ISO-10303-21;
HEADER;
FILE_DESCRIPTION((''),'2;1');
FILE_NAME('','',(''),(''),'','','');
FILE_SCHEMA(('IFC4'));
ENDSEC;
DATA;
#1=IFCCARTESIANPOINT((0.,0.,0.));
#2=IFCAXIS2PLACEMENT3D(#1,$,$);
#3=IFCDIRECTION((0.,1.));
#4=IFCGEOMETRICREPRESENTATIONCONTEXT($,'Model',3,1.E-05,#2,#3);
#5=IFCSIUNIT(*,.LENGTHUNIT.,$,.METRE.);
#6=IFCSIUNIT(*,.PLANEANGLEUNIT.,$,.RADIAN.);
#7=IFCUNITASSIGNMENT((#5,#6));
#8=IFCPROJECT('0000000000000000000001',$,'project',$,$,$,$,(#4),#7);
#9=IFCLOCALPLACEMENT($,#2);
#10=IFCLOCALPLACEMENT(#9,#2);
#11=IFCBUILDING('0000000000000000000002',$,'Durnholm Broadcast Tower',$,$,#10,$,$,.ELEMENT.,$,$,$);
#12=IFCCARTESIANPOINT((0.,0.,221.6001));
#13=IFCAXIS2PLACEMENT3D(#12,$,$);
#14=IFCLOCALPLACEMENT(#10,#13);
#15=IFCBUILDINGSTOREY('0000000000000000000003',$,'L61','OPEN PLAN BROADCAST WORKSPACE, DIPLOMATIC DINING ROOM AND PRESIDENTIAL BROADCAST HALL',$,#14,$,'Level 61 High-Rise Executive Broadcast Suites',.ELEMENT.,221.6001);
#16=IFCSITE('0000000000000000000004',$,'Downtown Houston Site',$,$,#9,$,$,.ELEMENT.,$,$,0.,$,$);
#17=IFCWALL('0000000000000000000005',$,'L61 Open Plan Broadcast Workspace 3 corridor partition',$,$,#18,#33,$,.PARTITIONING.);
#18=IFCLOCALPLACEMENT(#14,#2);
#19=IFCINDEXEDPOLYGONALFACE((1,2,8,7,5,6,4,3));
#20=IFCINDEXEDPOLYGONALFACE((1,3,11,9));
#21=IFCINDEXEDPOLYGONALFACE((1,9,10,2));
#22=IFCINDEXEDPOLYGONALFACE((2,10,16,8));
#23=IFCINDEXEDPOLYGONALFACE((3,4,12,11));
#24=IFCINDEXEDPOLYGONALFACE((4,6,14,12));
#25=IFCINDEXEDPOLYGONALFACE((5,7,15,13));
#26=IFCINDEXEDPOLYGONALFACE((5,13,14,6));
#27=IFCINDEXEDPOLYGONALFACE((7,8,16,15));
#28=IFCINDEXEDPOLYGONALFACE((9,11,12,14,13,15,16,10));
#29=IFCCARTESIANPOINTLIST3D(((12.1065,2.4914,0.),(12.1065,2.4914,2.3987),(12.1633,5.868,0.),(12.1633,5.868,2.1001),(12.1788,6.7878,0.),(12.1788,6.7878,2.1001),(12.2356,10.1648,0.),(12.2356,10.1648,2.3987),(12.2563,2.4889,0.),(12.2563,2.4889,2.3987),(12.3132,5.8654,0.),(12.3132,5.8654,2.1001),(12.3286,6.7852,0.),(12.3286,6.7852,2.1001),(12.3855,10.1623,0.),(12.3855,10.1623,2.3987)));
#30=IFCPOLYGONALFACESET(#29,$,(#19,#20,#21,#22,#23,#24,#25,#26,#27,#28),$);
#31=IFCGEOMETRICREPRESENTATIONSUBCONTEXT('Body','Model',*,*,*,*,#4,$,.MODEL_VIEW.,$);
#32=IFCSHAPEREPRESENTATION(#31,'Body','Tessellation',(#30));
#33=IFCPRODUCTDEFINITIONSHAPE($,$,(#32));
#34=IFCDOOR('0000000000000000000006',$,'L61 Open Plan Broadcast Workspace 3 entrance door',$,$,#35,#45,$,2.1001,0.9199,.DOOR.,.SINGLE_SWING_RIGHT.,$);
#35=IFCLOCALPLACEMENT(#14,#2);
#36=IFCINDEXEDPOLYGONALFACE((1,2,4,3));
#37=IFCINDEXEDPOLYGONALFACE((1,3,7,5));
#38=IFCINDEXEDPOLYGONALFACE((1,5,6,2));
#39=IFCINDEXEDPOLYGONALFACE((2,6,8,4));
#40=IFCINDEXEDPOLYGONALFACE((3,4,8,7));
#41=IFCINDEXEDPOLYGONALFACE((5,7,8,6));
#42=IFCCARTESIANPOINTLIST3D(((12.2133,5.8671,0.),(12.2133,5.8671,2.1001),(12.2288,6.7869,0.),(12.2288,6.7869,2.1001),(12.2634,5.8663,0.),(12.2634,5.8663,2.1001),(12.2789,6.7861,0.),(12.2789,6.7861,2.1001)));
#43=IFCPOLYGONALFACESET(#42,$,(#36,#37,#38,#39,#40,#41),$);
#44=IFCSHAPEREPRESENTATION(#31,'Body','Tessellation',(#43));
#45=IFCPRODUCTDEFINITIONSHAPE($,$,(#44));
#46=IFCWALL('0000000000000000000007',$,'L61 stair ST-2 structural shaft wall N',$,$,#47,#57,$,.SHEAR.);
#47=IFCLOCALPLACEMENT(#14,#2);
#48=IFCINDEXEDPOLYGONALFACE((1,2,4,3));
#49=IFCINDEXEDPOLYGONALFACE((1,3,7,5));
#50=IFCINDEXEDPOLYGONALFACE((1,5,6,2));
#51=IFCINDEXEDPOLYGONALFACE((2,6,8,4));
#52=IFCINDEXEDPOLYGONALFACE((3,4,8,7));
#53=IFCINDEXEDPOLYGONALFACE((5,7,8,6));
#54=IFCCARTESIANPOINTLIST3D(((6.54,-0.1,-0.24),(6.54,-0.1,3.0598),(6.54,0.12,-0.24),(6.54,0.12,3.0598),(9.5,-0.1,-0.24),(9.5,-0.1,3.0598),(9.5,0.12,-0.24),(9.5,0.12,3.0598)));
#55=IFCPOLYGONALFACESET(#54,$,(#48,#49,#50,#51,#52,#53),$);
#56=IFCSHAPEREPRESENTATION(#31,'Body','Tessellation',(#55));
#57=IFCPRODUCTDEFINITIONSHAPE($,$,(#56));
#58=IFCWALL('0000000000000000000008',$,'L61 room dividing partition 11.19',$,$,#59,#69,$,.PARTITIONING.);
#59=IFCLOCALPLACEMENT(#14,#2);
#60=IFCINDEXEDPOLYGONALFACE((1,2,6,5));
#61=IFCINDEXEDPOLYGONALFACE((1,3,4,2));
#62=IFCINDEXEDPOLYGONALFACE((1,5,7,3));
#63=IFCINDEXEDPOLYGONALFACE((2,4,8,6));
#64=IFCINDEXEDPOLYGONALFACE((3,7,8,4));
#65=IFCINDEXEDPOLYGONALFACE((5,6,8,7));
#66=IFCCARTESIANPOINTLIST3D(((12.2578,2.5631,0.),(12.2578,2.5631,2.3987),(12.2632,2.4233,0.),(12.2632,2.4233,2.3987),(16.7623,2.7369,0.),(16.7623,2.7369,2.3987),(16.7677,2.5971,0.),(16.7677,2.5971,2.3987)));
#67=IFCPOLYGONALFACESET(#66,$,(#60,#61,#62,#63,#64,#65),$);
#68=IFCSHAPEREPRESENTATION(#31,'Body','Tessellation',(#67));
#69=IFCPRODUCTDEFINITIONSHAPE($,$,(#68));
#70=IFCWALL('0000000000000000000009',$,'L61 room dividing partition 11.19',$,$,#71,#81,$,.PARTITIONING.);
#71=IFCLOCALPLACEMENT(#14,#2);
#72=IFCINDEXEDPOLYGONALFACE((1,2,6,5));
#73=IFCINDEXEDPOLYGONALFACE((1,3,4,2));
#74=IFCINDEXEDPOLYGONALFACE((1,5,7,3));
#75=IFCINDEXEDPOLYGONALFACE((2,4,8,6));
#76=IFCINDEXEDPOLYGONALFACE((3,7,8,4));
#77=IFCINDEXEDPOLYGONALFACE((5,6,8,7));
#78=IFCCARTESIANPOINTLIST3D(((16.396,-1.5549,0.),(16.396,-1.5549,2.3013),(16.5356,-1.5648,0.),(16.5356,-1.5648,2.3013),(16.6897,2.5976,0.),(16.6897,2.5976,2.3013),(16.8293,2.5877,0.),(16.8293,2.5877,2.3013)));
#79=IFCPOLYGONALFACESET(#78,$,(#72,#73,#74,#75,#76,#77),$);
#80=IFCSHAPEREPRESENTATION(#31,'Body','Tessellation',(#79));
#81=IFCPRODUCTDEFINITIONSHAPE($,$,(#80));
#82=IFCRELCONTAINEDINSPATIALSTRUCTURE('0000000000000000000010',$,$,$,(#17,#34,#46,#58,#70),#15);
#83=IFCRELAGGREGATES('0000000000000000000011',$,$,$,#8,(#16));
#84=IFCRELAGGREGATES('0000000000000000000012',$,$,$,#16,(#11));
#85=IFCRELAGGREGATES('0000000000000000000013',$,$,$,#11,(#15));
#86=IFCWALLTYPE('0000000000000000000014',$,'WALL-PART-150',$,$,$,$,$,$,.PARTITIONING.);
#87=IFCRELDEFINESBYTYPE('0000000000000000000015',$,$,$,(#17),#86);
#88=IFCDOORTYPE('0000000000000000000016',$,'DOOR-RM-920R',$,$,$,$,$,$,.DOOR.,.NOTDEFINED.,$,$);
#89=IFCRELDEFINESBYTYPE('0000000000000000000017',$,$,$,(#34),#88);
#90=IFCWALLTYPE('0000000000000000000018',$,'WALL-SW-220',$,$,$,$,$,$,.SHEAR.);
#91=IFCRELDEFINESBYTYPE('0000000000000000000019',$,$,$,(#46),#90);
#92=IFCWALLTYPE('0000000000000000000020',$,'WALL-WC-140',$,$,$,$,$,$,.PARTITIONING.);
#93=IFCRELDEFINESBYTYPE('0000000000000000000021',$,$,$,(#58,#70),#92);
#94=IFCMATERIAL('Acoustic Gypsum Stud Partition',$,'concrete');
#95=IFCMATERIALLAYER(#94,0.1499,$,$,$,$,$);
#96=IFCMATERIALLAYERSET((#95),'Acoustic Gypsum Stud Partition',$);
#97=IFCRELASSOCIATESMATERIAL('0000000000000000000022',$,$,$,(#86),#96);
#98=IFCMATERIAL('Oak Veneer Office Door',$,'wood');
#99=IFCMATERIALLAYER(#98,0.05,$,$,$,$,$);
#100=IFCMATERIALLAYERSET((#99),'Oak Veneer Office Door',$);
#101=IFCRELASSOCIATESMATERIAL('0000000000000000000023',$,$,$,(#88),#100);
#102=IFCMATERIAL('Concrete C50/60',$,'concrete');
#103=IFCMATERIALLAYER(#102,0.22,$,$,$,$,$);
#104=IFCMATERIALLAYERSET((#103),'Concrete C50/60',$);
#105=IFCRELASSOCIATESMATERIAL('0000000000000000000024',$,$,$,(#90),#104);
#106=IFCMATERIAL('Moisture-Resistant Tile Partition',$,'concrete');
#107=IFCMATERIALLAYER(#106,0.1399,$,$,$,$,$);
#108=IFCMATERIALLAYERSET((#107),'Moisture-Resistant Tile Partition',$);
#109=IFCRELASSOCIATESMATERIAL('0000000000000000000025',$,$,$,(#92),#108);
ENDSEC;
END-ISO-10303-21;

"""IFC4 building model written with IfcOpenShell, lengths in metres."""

from ifc_helpers import new_model, si_unit, direction, frame, frame_2d, origin, place, context, subcontext, project, spatial, rectangle, extrude, source, transform, mapped, material, layer, layer_set, type_object, type_shapes, element, fill, save


model = new_model("IFC4")

# Units and contexts
model_context = context("Model", 3, precision=1e-05, world=origin(), true_north=direction((0.0, 1.0)))
body_context = subcontext(model_context, "Body", "Model", "MODEL_VIEW")
ifc_project = project(units=[si_unit("LENGTHUNIT", "METRE"), si_unit("PLANEANGLEUNIT", "RADIAN")], contexts=[model_context])

# Site, building, storey
site_placement = place(None, origin())
site = spatial("IfcSite", under=ifc_project, at=site_placement, Name="Downtown Houston Site", CompositionType="ELEMENT", RefElevation=0.0)
building_placement = place(site_placement, origin())
building = spatial("IfcBuilding", under=site, at=building_placement, Name="Durnholm Broadcast Tower", CompositionType="ELEMENT")
storey_placement = place(building_placement, frame((0.0, 0.0, 221.6001)))
storey = spatial("IfcBuildingStorey", under=building, at=storey_placement, Name="L61", Description="OPEN PLAN BROADCAST WORKSPACE, DIPLOMATIC DINING ROOM AND PRESIDENTIAL BROADCAST HALL", LongName="Level 61 High-Rise Executive Broadcast Suites", CompositionType="ELEMENT", Elevation=221.6001)

# Wall, opening, door
ifc_material_1 = material(Name="Acoustic Gypsum Stud Partition", Category="concrete")
ifc_layer_1 = layer(ifc_material_1, 0.1499)
ifc_layer_set_1 = layer_set([ifc_layer_1], Name="Acoustic Gypsum Stud Partition")
wall_type_1 = type_object("IfcWallType", Name="WALL-PART-150", PredefinedType="PARTITIONING", material=ifc_layer_set_1)
ifc_material_2 = material(Name="Oak Veneer Office Door", Category="wood")
ifc_layer_2 = layer(ifc_material_2, 0.05)
ifc_layer_set_2 = layer_set([ifc_layer_2], Name="Oak Veneer Office Door")
door_type = type_object("IfcDoorType", Name="DOOR-RM-920R", OperationType="NOTDEFINED", PredefinedType="DOOR", material=ifc_layer_set_2)
shared_shape_1 = source(origin(), body_context, "Body", "SweptSolid", [
    extrude(rectangle(XDim=0.9199, YDim=2.1001, at=frame_2d((0.46, 1.05))), frame((0.0, 0.0249, 0.0), z_axis=(0.0, -1.0, 0.0), x_axis=(1.0, 0.0, 0.0)), (0.0, 0.0, 1.0), 0.05),
])
type_shapes(door_type, [shared_shape_1])
wall_1_placement = place(storey_placement, frame((12.1814, 2.49, 0.0), z_axis=(0.0, 0.0, 1.0), x_axis=(0.016828, 0.999858, 0.0)))
wall_1 = element("IfcWall", 1, at=wall_1_placement, inside=storey, type_object=wall_type_1, Name="L61 Open Plan Broadcast Workspace 3 corridor partition", PredefinedType="PARTITIONING", context=body_context, shape_type="SweptSolid", body=[
    extrude(rectangle(XDim=7.6746, YDim=0.1499, at=frame_2d((3.8374, 0.0))), origin(), (0.0, 0.0, 1.0), 2.3987),
])
opening_1_placement = place(wall_1_placement, frame((3.3772, 0.0, 0.0)))
opening_1 = element("IfcOpeningElement", 2, at=opening_1_placement, cuts=wall_1, PredefinedType="OPENING", context=body_context, shape_type="SweptSolid", body=[
    extrude(rectangle(XDim=0.9199, YDim=2.1001, at=frame_2d((0.46, 1.05))), frame((0.0, 0.085, 0.0), z_axis=(0.0, -1.0, 0.0), x_axis=(1.0, 0.0, 0.0)), (0.0, 0.0, 1.0), 0.1699),
])
door_1_placement = place(opening_1_placement, origin())
door_1 = element("IfcDoor", 3, at=door_1_placement, inside=storey, type_object=door_type, Name="L61 Open Plan Broadcast Workspace 3 entrance door", OperationType="SINGLE_SWING_RIGHT", OverallHeight=2.1001, OverallWidth=0.9199, PredefinedType="DOOR", context=body_context, shape_type="MappedRepresentation", body=[
    mapped(shared_shape_1, transform((0.0, 0.0, 0.0), x_axis=(1.0, 0.0, 0.0), y_axis=(0.0, 1.0, 0.0), z_axis=(0.0, 0.0, 1.0), scale=1.0)),
])
fill(opening_1, door_1)

# Walls
ifc_material_3 = material(Name="Concrete C50/60", Category="concrete")
ifc_layer_3 = layer(ifc_material_3, 0.22)
ifc_layer_set_3 = layer_set([ifc_layer_3], Name="Concrete C50/60")
wall_type_2 = type_object("IfcWallType", Name="WALL-SW-220", PredefinedType="SHEAR", material=ifc_layer_set_3)
wall_2_placement = place(storey_placement, frame((9.5, 0.01, -0.24), z_axis=(0.0, 0.0, 1.0), x_axis=(-1.0, 0.0, 0.0)))
element("IfcWall", 4, at=wall_2_placement, inside=storey, type_object=wall_type_2, Name="L61 stair ST-2 structural shaft wall N", PredefinedType="SHEAR", context=body_context, shape_type="SweptSolid", body=[
    extrude(rectangle(XDim=2.96, YDim=0.22, at=frame_2d((1.48, 0.0))), origin(), (0.0, 0.0, 1.0), 3.2998),
])
ifc_material_4 = material(Name="Moisture-Resistant Tile Partition", Category="concrete")
ifc_layer_4 = layer(ifc_material_4, 0.1399)
ifc_layer_set_4 = layer_set([ifc_layer_4], Name="Moisture-Resistant Tile Partition")
wall_type_3 = type_object("IfcWallType", Name="WALL-WC-140", PredefinedType="PARTITIONING", material=ifc_layer_set_4)
wall_3_placement = place(storey_placement, frame((12.2605, 2.4932, 0.0), z_axis=(0.0, 0.0, 1.0), x_axis=(0.999256, 0.038562, 0.0)))
element("IfcWall", 5, at=wall_3_placement, inside=storey, type_object=wall_type_3, Name="L61 room dividing partition 11.19", PredefinedType="PARTITIONING", context=body_context, shape_type="SweptSolid", body=[
    extrude(rectangle(XDim=4.5078, YDim=0.1399, at=frame_2d((2.2539, 0.0))), origin(), (0.0, 0.0, 1.0), 2.3987),
])
wall_4_placement = place(storey_placement, frame((16.7595, 2.5928, 0.0), z_axis=(0.0, 0.0, 1.0), x_axis=(-0.070551, -0.997508, 0.0)))
element("IfcWall", 6, at=wall_4_placement, inside=storey, type_object=wall_type_3, Name="L61 room dividing partition 11.19", PredefinedType="PARTITIONING", context=body_context, shape_type="SweptSolid", body=[
    extrude(rectangle(XDim=4.1628, YDim=0.1399, at=frame_2d((2.0815, 0.0))), origin(), (0.0, 0.0, 1.0), 2.3013),
])

save(model, "model.ifc")
